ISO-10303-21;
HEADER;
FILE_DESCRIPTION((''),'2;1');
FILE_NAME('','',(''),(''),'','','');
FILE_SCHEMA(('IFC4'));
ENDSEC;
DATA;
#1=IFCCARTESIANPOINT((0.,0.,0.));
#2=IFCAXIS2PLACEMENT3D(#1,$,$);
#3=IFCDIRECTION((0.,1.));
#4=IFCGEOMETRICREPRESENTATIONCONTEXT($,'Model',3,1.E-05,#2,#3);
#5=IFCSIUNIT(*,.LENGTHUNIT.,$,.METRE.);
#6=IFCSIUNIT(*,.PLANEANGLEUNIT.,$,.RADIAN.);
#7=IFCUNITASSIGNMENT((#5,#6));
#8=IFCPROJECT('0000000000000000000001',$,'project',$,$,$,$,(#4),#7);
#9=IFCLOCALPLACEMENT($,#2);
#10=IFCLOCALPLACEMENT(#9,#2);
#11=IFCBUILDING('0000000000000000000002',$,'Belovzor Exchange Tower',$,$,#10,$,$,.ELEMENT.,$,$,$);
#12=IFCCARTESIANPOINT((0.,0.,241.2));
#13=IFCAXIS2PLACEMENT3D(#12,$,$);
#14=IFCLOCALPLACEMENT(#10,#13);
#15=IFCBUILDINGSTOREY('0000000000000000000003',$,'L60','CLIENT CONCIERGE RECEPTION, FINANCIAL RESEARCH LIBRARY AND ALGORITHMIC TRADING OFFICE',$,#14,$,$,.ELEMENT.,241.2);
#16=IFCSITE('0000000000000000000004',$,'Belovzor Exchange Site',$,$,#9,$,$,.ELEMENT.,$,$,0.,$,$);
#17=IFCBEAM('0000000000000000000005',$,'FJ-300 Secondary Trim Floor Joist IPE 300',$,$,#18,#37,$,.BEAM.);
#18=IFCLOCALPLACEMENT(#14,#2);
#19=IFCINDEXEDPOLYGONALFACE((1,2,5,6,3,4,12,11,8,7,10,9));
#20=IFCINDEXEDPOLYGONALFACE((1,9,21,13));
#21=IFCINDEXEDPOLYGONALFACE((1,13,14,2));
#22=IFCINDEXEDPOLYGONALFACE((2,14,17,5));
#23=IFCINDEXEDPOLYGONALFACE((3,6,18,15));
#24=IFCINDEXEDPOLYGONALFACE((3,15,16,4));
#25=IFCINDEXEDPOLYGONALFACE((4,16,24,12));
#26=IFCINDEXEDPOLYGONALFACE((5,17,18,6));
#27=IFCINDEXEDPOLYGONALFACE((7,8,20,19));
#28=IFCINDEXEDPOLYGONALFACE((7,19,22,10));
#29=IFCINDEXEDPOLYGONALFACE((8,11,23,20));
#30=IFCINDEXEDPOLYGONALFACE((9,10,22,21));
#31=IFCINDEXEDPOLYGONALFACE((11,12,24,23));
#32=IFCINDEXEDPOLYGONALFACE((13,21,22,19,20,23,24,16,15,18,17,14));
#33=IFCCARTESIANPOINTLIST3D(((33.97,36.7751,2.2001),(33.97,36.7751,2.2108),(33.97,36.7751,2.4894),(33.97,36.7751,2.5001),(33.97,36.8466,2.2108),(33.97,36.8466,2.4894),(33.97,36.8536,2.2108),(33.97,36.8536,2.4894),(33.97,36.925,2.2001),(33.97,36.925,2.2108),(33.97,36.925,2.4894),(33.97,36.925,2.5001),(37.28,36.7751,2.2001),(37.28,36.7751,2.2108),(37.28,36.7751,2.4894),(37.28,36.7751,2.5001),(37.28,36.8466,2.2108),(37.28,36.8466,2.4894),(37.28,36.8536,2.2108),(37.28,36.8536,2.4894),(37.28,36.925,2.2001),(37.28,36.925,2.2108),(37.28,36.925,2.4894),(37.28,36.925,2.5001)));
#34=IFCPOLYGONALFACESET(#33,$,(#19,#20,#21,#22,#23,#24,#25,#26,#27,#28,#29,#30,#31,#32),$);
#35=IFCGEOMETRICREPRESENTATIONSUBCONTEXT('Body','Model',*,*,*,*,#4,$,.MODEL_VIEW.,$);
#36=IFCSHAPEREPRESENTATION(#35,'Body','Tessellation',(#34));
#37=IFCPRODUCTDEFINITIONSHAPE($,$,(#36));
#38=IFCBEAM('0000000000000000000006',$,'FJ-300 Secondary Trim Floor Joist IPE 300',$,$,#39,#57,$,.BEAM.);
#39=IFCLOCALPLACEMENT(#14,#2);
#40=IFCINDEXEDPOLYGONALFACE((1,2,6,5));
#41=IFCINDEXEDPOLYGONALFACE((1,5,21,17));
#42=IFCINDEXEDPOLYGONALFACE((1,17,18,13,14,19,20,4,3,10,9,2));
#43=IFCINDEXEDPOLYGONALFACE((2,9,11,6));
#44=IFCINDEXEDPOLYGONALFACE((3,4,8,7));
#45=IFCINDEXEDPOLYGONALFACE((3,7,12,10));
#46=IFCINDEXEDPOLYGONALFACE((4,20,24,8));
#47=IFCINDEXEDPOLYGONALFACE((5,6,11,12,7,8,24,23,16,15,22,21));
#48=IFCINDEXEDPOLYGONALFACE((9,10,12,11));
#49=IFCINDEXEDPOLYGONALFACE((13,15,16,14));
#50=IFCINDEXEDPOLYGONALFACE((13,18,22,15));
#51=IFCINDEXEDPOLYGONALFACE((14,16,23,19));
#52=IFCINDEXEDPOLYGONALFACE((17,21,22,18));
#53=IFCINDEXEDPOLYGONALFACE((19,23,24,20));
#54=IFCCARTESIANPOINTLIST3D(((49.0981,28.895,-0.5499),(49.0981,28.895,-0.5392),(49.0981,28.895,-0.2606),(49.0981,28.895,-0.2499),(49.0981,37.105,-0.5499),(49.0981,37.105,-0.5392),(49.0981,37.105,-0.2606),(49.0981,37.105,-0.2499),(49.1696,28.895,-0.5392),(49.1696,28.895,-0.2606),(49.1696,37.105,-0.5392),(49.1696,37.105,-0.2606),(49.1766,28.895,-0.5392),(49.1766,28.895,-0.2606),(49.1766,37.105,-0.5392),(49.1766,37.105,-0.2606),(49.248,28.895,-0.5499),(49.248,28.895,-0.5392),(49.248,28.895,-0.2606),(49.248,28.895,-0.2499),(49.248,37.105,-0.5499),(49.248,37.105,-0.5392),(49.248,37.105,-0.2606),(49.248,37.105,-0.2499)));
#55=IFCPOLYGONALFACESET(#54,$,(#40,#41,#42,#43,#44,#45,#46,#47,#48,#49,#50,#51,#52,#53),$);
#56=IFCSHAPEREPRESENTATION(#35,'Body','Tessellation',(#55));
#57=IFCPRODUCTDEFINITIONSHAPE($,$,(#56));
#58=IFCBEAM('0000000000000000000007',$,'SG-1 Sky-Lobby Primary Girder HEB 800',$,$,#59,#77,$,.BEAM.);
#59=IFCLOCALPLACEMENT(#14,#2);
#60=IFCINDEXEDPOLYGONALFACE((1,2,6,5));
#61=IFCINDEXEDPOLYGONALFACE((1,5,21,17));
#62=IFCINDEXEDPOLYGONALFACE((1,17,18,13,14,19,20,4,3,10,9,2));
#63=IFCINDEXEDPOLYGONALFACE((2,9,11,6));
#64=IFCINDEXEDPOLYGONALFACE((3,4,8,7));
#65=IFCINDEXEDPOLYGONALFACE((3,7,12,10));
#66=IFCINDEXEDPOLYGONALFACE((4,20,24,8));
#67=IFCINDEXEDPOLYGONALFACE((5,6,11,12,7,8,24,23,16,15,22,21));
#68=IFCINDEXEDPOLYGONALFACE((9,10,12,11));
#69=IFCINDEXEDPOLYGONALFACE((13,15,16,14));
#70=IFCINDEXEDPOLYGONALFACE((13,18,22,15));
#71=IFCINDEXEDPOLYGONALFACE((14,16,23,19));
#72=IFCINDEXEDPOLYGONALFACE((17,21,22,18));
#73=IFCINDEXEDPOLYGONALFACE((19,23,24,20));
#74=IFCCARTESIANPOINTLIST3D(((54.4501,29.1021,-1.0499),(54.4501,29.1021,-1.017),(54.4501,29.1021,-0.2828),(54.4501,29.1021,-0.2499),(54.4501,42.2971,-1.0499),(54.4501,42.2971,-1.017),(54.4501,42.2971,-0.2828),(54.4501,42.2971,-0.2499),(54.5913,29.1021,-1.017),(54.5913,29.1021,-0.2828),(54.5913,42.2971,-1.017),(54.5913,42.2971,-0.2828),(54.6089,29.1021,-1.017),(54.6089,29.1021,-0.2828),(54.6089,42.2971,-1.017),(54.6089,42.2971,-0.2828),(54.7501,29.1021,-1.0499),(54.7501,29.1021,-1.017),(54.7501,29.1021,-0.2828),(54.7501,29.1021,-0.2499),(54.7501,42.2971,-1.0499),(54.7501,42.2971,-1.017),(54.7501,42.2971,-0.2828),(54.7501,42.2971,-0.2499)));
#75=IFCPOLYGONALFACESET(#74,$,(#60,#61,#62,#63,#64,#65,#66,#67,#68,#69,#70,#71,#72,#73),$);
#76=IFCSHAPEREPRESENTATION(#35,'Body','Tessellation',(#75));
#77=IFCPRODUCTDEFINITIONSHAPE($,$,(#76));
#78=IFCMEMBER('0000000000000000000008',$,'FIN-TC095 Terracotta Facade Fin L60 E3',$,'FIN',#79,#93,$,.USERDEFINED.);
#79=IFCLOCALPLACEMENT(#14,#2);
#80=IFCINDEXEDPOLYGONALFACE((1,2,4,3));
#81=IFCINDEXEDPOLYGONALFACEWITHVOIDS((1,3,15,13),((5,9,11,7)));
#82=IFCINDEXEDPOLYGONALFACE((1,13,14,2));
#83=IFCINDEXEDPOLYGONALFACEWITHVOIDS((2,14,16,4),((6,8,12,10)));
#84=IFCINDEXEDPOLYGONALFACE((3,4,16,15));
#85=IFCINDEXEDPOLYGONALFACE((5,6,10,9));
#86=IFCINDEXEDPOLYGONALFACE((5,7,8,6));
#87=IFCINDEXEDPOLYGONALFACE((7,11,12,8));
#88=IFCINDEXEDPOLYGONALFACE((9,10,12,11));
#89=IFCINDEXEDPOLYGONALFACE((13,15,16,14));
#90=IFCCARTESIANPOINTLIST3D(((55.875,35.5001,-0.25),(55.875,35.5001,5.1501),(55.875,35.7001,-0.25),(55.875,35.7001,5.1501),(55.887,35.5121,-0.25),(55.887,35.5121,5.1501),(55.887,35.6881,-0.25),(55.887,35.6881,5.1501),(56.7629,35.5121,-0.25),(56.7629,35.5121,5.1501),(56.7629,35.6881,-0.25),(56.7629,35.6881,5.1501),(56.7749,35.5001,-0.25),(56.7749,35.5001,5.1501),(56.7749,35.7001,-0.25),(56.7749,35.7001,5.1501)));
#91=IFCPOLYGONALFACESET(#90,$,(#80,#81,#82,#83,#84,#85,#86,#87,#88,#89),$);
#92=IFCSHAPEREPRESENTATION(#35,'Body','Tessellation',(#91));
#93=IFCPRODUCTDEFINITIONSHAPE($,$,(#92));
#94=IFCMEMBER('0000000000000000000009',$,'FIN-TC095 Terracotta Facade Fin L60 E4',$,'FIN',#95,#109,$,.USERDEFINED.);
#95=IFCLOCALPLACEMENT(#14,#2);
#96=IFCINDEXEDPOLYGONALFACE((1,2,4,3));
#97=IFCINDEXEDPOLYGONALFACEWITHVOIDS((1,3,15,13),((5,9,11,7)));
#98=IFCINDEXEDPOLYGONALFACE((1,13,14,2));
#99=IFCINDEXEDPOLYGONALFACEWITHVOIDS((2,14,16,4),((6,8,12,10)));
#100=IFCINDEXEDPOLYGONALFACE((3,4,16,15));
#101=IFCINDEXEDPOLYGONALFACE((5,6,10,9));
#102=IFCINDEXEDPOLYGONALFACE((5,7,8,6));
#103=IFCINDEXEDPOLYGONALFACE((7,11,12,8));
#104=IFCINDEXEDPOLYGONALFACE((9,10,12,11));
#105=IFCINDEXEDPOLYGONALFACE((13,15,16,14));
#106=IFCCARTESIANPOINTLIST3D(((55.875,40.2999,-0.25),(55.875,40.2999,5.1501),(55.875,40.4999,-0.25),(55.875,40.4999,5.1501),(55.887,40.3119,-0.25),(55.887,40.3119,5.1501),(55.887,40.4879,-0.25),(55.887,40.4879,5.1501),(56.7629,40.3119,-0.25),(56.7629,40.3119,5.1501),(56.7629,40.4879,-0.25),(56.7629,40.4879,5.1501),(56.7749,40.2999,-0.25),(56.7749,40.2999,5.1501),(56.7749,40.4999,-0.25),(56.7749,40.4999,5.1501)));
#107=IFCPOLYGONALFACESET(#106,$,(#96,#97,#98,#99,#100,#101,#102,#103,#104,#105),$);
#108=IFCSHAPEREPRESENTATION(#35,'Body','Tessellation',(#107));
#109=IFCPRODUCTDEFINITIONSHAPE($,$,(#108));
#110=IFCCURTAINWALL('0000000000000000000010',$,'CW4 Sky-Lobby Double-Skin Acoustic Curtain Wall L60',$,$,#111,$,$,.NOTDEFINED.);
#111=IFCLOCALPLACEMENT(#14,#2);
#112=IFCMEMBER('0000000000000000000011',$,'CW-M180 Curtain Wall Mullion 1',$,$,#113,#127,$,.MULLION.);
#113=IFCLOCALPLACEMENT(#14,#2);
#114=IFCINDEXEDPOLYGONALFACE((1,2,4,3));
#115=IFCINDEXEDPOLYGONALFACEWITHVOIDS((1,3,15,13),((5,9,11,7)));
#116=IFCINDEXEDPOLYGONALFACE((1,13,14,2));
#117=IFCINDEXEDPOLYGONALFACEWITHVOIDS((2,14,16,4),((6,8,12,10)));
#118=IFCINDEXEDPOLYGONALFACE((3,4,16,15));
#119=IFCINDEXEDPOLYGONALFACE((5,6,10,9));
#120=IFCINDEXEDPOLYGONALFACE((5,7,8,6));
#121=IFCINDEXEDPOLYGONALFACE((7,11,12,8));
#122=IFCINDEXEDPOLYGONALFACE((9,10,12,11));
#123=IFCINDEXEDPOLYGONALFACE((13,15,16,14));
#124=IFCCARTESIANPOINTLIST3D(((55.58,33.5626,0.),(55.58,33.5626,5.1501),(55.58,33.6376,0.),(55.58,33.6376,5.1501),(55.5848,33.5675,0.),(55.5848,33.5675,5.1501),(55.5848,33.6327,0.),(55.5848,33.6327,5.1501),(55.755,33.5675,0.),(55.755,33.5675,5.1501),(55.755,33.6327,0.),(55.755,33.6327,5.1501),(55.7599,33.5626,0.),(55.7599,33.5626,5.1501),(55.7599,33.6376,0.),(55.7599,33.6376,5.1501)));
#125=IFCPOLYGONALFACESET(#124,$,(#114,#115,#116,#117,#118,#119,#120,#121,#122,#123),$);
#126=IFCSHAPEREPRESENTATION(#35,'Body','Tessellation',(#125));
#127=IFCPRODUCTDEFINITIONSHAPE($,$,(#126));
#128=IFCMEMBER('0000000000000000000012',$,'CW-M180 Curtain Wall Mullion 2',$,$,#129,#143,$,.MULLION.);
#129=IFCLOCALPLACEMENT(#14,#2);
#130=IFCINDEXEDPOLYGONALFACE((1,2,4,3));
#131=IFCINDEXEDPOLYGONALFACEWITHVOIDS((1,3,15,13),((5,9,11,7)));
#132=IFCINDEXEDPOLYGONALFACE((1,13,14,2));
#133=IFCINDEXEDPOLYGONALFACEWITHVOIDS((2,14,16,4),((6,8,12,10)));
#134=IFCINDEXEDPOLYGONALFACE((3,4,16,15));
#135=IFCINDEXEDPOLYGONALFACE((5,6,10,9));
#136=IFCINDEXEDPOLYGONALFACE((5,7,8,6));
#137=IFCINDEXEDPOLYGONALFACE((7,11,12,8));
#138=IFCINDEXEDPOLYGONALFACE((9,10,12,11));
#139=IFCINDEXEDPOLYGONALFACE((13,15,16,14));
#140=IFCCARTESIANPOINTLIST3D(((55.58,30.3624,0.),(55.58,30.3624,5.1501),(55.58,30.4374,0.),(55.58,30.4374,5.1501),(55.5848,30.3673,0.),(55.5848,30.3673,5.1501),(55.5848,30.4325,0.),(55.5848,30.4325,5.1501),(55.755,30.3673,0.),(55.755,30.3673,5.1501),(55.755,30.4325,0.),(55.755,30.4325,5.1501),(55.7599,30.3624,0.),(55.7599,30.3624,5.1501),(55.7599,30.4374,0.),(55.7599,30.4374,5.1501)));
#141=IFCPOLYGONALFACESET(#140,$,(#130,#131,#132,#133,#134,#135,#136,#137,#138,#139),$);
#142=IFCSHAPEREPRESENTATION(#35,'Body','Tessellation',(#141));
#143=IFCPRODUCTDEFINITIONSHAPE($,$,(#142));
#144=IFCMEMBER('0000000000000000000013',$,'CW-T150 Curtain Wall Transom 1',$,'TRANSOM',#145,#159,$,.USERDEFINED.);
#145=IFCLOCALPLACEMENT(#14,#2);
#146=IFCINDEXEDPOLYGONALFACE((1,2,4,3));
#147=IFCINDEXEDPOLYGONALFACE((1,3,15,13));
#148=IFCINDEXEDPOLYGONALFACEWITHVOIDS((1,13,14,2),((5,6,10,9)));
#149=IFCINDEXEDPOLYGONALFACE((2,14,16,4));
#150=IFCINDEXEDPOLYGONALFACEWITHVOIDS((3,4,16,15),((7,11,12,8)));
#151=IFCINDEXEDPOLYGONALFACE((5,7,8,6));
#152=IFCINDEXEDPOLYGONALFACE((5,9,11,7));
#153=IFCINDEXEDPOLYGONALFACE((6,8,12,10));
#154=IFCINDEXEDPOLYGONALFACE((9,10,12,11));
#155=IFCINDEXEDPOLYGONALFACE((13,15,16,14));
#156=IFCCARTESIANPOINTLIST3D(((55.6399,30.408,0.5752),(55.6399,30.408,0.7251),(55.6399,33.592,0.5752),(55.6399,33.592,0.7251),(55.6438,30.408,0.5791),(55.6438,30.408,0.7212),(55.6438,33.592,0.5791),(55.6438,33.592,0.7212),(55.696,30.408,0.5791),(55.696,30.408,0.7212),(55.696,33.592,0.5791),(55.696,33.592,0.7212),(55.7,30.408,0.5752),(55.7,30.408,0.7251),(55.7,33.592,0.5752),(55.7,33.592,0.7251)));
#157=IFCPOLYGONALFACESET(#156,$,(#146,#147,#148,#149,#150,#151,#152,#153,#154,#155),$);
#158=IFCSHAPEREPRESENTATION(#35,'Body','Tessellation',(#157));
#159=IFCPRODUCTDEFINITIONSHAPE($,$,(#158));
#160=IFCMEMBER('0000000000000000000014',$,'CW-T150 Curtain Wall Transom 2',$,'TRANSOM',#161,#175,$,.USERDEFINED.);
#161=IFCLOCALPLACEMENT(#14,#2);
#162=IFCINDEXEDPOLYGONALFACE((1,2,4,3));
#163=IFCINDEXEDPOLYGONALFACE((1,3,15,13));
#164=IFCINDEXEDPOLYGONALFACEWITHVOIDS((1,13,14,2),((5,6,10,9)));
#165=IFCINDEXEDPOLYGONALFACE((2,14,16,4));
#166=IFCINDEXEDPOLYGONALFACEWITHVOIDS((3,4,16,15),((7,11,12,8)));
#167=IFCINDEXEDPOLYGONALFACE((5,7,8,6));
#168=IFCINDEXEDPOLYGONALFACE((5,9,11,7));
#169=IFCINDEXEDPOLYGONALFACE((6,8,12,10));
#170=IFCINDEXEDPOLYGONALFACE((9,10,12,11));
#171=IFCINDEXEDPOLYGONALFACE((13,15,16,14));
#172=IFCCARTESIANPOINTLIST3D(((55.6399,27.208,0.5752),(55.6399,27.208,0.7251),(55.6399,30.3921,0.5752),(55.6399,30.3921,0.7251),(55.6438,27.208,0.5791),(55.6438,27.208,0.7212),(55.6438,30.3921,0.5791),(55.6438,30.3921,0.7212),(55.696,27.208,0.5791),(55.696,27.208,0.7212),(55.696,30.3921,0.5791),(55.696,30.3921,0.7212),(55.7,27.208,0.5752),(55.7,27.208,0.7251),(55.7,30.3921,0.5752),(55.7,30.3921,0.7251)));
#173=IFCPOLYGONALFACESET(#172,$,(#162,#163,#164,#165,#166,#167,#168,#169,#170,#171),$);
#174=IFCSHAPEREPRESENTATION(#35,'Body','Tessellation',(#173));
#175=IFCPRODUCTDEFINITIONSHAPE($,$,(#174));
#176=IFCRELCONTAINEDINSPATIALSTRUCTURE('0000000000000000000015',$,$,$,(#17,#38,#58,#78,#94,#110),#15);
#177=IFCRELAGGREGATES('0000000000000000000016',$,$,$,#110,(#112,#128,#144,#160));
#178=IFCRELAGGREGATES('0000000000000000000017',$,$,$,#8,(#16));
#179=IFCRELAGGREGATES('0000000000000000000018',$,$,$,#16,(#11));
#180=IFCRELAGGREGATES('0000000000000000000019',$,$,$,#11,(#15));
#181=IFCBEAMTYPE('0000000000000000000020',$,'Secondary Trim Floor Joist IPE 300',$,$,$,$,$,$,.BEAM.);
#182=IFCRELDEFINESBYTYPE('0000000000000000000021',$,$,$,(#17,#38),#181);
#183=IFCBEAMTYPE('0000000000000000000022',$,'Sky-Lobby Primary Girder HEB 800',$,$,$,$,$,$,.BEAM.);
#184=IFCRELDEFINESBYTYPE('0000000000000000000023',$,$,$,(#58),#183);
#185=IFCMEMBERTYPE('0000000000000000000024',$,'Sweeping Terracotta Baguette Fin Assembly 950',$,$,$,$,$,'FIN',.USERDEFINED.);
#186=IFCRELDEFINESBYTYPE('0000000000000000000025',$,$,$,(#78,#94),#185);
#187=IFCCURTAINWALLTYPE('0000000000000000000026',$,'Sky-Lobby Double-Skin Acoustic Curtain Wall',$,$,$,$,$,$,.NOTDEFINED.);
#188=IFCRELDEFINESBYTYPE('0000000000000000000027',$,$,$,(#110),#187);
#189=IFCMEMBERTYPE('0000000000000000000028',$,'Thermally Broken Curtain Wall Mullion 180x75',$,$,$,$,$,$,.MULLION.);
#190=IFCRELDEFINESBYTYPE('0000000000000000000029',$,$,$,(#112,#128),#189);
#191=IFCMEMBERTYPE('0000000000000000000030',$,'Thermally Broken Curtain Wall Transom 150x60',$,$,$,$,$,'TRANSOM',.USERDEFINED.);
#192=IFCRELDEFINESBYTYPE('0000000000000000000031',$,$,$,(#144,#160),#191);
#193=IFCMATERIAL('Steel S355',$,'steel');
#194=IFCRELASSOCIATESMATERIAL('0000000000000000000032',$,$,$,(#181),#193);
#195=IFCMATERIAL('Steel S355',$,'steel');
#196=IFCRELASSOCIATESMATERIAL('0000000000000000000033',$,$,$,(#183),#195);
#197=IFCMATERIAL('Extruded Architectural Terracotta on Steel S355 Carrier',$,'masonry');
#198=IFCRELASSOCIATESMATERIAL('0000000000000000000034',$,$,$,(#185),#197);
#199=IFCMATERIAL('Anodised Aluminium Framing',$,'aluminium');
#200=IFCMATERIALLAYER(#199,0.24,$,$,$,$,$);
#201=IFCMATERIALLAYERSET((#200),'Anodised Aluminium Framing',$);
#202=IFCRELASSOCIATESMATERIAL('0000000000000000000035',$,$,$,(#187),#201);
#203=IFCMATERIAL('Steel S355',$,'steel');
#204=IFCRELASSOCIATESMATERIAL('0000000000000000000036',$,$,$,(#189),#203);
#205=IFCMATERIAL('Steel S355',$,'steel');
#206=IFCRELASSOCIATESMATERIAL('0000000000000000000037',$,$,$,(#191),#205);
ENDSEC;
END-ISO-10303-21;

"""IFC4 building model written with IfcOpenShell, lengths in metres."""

from ifc_helpers import new_model, si_unit, direction, frame, origin, origin_2d, place, context, subcontext, project, spatial, hollow_rectangle, i_section, extrude, material, layer, layer_set, material_profile, profile_set, type_object, element, aggregate, save


model = new_model("IFC4")

# Units and contexts
model_context = context("Model", 3, precision=1e-05, world=origin(), true_north=direction((0.0, 1.0)))
body_context = subcontext(model_context, "Body", "Model", "MODEL_VIEW")
ifc_project = project(units=[si_unit("LENGTHUNIT", "METRE"), si_unit("PLANEANGLEUNIT", "RADIAN")], contexts=[model_context])

# Site, building, storey
site_placement = place(None, origin())
site = spatial("IfcSite", under=ifc_project, at=site_placement, Name="Belovzor Exchange Site", CompositionType="ELEMENT", RefElevation=0.0)
building_placement = place(site_placement, origin())
building = spatial("IfcBuilding", under=site, at=building_placement, Name="Belovzor Exchange Tower", CompositionType="ELEMENT")
storey_placement = place(building_placement, frame((0.0, 0.0, 241.2)))
storey = spatial("IfcBuildingStorey", under=building, at=storey_placement, Name="L60", Description="CLIENT CONCIERGE RECEPTION, FINANCIAL RESEARCH LIBRARY AND ALGORITHMIC TRADING OFFICE", CompositionType="ELEMENT", Elevation=241.2)

# Beams
ifc_material_1 = material(Name="Steel S355", Category="steel")
ifc_material_profile_1 = material_profile(ifc_material_1, i_section(OverallWidth=0.1499, OverallDepth=0.3, WebThickness=0.0071, FlangeThickness=0.0107, at=origin_2d()))
ifc_profile_set_1 = profile_set([ifc_material_profile_1], Name="Steel S355")
beam_type_1 = type_object("IfcBeamType", Name="Secondary Trim Floor Joist IPE 300", PredefinedType="BEAM", material=ifc_profile_set_1)
beam_1_placement = place(storey_placement, frame((37.28, 36.8501, 2.3501), z_axis=(-1.0, 0.0, 0.0), x_axis=(0.0, -1.0, 0.0)))
element("IfcBeam", 1, at=beam_1_placement, inside=storey, type_object=beam_type_1, Name="FJ-300 Secondary Trim Floor Joist IPE 300", PredefinedType="BEAM", context=body_context, shape_type="SweptSolid", body=[
    extrude(i_section(OverallWidth=0.1499, OverallDepth=0.3, WebThickness=0.0071, FlangeThickness=0.0107, at=origin_2d()), origin(), (0.0, 0.0, 1.0), 3.3101),
])
beam_2_placement = place(storey_placement, frame((49.1731, 28.895, -0.3999), z_axis=(0.0, 1.0, 0.0), x_axis=(-1.0, 0.0, 0.0)))
element("IfcBeam", 2, at=beam_2_placement, inside=storey, type_object=beam_type_1, Name="FJ-300 Secondary Trim Floor Joist IPE 300", PredefinedType="BEAM", context=body_context, shape_type="SweptSolid", body=[
    extrude(i_section(OverallWidth=0.1499, OverallDepth=0.3, WebThickness=0.0071, FlangeThickness=0.0107, at=origin_2d()), origin(), (0.0, 0.0, 1.0), 8.21),
])
ifc_material_2 = material(Name="Steel S355", Category="steel")
ifc_material_profile_2 = material_profile(ifc_material_2, i_section(OverallWidth=0.3, OverallDepth=0.8, WebThickness=0.0176, FlangeThickness=0.033, at=origin_2d()))
ifc_profile_set_2 = profile_set([ifc_material_profile_2], Name="Steel S355")
beam_type_2 = type_object("IfcBeamType", Name="Sky-Lobby Primary Girder HEB 800", PredefinedType="BEAM", material=ifc_profile_set_2)
beam_3_placement = place(storey_placement, frame((54.6001, 29.1021, -0.6499), z_axis=(0.0, 1.0, 0.0), x_axis=(-1.0, 0.0, 0.0)))
element("IfcBeam", 3, at=beam_3_placement, inside=storey, type_object=beam_type_2, Name="SG-1 Sky-Lobby Primary Girder HEB 800", PredefinedType="BEAM", context=body_context, shape_type="SweptSolid", body=[
    extrude(i_section(OverallWidth=0.3, OverallDepth=0.8, WebThickness=0.0176, FlangeThickness=0.033, at=origin_2d()), origin(), (0.0, 0.0, 1.0), 13.1951),
])

# Members
ifc_material_3 = material(Name="Extruded Architectural Terracotta on Steel S355 Carrier", Category="masonry")
ifc_material_profile_3 = material_profile(ifc_material_3, hollow_rectangle(XDim=0.2, YDim=0.8999, WallThickness=0.012, at=origin_2d()))
ifc_profile_set_3 = profile_set([ifc_material_profile_3], Name="Extruded Architectural Terracotta on Steel S355 Carrier")
member_type_1 = type_object("IfcMemberType", Name="Sweeping Terracotta Baguette Fin Assembly 950", ElementType="FIN", PredefinedType="USERDEFINED", material=ifc_profile_set_3)
for number, where, z_axis, x_axis, name in (
    (4, (56.325, 35.6001, -0.25), (0.0, 0.0, 1.0), (0.0, 1.0, 0.0), "FIN-TC095 Terracotta Facade Fin L60 E3"),
    (5, (56.325, 40.3999, -0.25), (0.0, 0.0, 1.0), (0.0, 1.0, 0.0), "FIN-TC095 Terracotta Facade Fin L60 E4"),
):
    element("IfcMember", number, at=place(storey_placement, frame(where, z_axis=z_axis, x_axis=x_axis)), inside=storey, type_object=member_type_1, Name=name, ObjectType="FIN", PredefinedType="USERDEFINED", context=body_context, shape_type="SweptSolid", body=[
        extrude(hollow_rectangle(XDim=0.2, YDim=0.8999, WallThickness=0.012, at=origin_2d()), origin(), (0.0, 0.0, 1.0), 5.4001),
    ])

# Curtain wall, members
ifc_material_4 = material(Name="Anodised Aluminium Framing", Category="aluminium")
ifc_layer_1 = layer(ifc_material_4, 0.24)
ifc_layer_set_1 = layer_set([ifc_layer_1], Name="Anodised Aluminium Framing")
curtain_wall_type = type_object("IfcCurtainWallType", Name="Sky-Lobby Double-Skin Acoustic Curtain Wall", PredefinedType="NOTDEFINED", material=ifc_layer_set_1)
curtain_wall_placement = place(storey_placement, origin())
curtain_wall = element("IfcCurtainWall", 6, at=curtain_wall_placement, inside=storey, type_object=curtain_wall_type, Name="CW4 Sky-Lobby Double-Skin Acoustic Curtain Wall L60", PredefinedType="NOTDEFINED")
ifc_material_5 = material(Name="Steel S355", Category="steel")
ifc_material_profile_4 = material_profile(ifc_material_5, hollow_rectangle(XDim=0.075, YDim=0.1799, WallThickness=0.0049, at=origin_2d()))
ifc_profile_set_4 = profile_set([ifc_material_profile_4], Name="Steel S355")
member_type_2 = type_object("IfcMemberType", Name="Thermally Broken Curtain Wall Mullion 180x75", PredefinedType="MULLION", material=ifc_profile_set_4)
member_1_placement = place(storey_placement, frame((55.6699, 33.6001, 0.0), z_axis=(0.0, 0.0, 1.0), x_axis=(0.0, -1.0, 0.0)))
member_1 = element("IfcMember", 7, at=member_1_placement, type_object=member_type_2, Name="CW-M180 Curtain Wall Mullion 1", PredefinedType="MULLION", context=body_context, shape_type="SweptSolid", body=[
    extrude(hollow_rectangle(XDim=0.075, YDim=0.1799, WallThickness=0.0049, at=origin_2d()), origin(), (0.0, 0.0, 1.0), 5.1501),
])
member_2_placement = place(storey_placement, frame((55.6699, 30.3999, 0.0), z_axis=(0.0, 0.0, 1.0), x_axis=(0.0, -1.0, 0.0)))
member_2 = element("IfcMember", 8, at=member_2_placement, type_object=member_type_2, Name="CW-M180 Curtain Wall Mullion 2", PredefinedType="MULLION", context=body_context, shape_type="SweptSolid", body=[
    extrude(hollow_rectangle(XDim=0.075, YDim=0.1799, WallThickness=0.0049, at=origin_2d()), origin(), (0.0, 0.0, 1.0), 5.1501),
])
ifc_material_6 = material(Name="Steel S355", Category="steel")
ifc_material_profile_5 = material_profile(ifc_material_6, hollow_rectangle(XDim=0.0601, YDim=0.1499, WallThickness=0.0039, at=origin_2d()))
ifc_profile_set_5 = profile_set([ifc_material_profile_5], Name="Steel S355")
member_type_3 = type_object("IfcMemberType", Name="Thermally Broken Curtain Wall Transom 150x60", ElementType="TRANSOM", PredefinedType="USERDEFINED", material=ifc_profile_set_5)
member_3_placement = place(storey_placement, frame((55.6699, 33.592, 0.6501), z_axis=(0.0, -1.0, 0.0), x_axis=(1.0, 0.0, 0.0)))
member_3 = element("IfcMember", 9, at=member_3_placement, type_object=member_type_3, Name="CW-T150 Curtain Wall Transom 1", ObjectType="TRANSOM", PredefinedType="USERDEFINED", context=body_context, shape_type="SweptSolid", body=[
    extrude(hollow_rectangle(XDim=0.0601, YDim=0.1499, WallThickness=0.0039, at=origin_2d()), origin(), (0.0, 0.0, 1.0), 3.1841),
])
member_4_placement = place(storey_placement, frame((55.6699, 30.3921, 0.6501), z_axis=(0.0, -1.0, 0.0), x_axis=(1.0, 0.0, 0.0)))
member_4 = element("IfcMember", 10, at=member_4_placement, type_object=member_type_3, Name="CW-T150 Curtain Wall Transom 2", ObjectType="TRANSOM", PredefinedType="USERDEFINED", context=body_context, shape_type="SweptSolid", body=[
    extrude(hollow_rectangle(XDim=0.0601, YDim=0.1499, WallThickness=0.0039, at=origin_2d()), origin(), (0.0, 0.0, 1.0), 3.1841),
])

aggregate(curtain_wall, [member_1, member_2, member_3, member_4])

save(model, "model.ifc")
